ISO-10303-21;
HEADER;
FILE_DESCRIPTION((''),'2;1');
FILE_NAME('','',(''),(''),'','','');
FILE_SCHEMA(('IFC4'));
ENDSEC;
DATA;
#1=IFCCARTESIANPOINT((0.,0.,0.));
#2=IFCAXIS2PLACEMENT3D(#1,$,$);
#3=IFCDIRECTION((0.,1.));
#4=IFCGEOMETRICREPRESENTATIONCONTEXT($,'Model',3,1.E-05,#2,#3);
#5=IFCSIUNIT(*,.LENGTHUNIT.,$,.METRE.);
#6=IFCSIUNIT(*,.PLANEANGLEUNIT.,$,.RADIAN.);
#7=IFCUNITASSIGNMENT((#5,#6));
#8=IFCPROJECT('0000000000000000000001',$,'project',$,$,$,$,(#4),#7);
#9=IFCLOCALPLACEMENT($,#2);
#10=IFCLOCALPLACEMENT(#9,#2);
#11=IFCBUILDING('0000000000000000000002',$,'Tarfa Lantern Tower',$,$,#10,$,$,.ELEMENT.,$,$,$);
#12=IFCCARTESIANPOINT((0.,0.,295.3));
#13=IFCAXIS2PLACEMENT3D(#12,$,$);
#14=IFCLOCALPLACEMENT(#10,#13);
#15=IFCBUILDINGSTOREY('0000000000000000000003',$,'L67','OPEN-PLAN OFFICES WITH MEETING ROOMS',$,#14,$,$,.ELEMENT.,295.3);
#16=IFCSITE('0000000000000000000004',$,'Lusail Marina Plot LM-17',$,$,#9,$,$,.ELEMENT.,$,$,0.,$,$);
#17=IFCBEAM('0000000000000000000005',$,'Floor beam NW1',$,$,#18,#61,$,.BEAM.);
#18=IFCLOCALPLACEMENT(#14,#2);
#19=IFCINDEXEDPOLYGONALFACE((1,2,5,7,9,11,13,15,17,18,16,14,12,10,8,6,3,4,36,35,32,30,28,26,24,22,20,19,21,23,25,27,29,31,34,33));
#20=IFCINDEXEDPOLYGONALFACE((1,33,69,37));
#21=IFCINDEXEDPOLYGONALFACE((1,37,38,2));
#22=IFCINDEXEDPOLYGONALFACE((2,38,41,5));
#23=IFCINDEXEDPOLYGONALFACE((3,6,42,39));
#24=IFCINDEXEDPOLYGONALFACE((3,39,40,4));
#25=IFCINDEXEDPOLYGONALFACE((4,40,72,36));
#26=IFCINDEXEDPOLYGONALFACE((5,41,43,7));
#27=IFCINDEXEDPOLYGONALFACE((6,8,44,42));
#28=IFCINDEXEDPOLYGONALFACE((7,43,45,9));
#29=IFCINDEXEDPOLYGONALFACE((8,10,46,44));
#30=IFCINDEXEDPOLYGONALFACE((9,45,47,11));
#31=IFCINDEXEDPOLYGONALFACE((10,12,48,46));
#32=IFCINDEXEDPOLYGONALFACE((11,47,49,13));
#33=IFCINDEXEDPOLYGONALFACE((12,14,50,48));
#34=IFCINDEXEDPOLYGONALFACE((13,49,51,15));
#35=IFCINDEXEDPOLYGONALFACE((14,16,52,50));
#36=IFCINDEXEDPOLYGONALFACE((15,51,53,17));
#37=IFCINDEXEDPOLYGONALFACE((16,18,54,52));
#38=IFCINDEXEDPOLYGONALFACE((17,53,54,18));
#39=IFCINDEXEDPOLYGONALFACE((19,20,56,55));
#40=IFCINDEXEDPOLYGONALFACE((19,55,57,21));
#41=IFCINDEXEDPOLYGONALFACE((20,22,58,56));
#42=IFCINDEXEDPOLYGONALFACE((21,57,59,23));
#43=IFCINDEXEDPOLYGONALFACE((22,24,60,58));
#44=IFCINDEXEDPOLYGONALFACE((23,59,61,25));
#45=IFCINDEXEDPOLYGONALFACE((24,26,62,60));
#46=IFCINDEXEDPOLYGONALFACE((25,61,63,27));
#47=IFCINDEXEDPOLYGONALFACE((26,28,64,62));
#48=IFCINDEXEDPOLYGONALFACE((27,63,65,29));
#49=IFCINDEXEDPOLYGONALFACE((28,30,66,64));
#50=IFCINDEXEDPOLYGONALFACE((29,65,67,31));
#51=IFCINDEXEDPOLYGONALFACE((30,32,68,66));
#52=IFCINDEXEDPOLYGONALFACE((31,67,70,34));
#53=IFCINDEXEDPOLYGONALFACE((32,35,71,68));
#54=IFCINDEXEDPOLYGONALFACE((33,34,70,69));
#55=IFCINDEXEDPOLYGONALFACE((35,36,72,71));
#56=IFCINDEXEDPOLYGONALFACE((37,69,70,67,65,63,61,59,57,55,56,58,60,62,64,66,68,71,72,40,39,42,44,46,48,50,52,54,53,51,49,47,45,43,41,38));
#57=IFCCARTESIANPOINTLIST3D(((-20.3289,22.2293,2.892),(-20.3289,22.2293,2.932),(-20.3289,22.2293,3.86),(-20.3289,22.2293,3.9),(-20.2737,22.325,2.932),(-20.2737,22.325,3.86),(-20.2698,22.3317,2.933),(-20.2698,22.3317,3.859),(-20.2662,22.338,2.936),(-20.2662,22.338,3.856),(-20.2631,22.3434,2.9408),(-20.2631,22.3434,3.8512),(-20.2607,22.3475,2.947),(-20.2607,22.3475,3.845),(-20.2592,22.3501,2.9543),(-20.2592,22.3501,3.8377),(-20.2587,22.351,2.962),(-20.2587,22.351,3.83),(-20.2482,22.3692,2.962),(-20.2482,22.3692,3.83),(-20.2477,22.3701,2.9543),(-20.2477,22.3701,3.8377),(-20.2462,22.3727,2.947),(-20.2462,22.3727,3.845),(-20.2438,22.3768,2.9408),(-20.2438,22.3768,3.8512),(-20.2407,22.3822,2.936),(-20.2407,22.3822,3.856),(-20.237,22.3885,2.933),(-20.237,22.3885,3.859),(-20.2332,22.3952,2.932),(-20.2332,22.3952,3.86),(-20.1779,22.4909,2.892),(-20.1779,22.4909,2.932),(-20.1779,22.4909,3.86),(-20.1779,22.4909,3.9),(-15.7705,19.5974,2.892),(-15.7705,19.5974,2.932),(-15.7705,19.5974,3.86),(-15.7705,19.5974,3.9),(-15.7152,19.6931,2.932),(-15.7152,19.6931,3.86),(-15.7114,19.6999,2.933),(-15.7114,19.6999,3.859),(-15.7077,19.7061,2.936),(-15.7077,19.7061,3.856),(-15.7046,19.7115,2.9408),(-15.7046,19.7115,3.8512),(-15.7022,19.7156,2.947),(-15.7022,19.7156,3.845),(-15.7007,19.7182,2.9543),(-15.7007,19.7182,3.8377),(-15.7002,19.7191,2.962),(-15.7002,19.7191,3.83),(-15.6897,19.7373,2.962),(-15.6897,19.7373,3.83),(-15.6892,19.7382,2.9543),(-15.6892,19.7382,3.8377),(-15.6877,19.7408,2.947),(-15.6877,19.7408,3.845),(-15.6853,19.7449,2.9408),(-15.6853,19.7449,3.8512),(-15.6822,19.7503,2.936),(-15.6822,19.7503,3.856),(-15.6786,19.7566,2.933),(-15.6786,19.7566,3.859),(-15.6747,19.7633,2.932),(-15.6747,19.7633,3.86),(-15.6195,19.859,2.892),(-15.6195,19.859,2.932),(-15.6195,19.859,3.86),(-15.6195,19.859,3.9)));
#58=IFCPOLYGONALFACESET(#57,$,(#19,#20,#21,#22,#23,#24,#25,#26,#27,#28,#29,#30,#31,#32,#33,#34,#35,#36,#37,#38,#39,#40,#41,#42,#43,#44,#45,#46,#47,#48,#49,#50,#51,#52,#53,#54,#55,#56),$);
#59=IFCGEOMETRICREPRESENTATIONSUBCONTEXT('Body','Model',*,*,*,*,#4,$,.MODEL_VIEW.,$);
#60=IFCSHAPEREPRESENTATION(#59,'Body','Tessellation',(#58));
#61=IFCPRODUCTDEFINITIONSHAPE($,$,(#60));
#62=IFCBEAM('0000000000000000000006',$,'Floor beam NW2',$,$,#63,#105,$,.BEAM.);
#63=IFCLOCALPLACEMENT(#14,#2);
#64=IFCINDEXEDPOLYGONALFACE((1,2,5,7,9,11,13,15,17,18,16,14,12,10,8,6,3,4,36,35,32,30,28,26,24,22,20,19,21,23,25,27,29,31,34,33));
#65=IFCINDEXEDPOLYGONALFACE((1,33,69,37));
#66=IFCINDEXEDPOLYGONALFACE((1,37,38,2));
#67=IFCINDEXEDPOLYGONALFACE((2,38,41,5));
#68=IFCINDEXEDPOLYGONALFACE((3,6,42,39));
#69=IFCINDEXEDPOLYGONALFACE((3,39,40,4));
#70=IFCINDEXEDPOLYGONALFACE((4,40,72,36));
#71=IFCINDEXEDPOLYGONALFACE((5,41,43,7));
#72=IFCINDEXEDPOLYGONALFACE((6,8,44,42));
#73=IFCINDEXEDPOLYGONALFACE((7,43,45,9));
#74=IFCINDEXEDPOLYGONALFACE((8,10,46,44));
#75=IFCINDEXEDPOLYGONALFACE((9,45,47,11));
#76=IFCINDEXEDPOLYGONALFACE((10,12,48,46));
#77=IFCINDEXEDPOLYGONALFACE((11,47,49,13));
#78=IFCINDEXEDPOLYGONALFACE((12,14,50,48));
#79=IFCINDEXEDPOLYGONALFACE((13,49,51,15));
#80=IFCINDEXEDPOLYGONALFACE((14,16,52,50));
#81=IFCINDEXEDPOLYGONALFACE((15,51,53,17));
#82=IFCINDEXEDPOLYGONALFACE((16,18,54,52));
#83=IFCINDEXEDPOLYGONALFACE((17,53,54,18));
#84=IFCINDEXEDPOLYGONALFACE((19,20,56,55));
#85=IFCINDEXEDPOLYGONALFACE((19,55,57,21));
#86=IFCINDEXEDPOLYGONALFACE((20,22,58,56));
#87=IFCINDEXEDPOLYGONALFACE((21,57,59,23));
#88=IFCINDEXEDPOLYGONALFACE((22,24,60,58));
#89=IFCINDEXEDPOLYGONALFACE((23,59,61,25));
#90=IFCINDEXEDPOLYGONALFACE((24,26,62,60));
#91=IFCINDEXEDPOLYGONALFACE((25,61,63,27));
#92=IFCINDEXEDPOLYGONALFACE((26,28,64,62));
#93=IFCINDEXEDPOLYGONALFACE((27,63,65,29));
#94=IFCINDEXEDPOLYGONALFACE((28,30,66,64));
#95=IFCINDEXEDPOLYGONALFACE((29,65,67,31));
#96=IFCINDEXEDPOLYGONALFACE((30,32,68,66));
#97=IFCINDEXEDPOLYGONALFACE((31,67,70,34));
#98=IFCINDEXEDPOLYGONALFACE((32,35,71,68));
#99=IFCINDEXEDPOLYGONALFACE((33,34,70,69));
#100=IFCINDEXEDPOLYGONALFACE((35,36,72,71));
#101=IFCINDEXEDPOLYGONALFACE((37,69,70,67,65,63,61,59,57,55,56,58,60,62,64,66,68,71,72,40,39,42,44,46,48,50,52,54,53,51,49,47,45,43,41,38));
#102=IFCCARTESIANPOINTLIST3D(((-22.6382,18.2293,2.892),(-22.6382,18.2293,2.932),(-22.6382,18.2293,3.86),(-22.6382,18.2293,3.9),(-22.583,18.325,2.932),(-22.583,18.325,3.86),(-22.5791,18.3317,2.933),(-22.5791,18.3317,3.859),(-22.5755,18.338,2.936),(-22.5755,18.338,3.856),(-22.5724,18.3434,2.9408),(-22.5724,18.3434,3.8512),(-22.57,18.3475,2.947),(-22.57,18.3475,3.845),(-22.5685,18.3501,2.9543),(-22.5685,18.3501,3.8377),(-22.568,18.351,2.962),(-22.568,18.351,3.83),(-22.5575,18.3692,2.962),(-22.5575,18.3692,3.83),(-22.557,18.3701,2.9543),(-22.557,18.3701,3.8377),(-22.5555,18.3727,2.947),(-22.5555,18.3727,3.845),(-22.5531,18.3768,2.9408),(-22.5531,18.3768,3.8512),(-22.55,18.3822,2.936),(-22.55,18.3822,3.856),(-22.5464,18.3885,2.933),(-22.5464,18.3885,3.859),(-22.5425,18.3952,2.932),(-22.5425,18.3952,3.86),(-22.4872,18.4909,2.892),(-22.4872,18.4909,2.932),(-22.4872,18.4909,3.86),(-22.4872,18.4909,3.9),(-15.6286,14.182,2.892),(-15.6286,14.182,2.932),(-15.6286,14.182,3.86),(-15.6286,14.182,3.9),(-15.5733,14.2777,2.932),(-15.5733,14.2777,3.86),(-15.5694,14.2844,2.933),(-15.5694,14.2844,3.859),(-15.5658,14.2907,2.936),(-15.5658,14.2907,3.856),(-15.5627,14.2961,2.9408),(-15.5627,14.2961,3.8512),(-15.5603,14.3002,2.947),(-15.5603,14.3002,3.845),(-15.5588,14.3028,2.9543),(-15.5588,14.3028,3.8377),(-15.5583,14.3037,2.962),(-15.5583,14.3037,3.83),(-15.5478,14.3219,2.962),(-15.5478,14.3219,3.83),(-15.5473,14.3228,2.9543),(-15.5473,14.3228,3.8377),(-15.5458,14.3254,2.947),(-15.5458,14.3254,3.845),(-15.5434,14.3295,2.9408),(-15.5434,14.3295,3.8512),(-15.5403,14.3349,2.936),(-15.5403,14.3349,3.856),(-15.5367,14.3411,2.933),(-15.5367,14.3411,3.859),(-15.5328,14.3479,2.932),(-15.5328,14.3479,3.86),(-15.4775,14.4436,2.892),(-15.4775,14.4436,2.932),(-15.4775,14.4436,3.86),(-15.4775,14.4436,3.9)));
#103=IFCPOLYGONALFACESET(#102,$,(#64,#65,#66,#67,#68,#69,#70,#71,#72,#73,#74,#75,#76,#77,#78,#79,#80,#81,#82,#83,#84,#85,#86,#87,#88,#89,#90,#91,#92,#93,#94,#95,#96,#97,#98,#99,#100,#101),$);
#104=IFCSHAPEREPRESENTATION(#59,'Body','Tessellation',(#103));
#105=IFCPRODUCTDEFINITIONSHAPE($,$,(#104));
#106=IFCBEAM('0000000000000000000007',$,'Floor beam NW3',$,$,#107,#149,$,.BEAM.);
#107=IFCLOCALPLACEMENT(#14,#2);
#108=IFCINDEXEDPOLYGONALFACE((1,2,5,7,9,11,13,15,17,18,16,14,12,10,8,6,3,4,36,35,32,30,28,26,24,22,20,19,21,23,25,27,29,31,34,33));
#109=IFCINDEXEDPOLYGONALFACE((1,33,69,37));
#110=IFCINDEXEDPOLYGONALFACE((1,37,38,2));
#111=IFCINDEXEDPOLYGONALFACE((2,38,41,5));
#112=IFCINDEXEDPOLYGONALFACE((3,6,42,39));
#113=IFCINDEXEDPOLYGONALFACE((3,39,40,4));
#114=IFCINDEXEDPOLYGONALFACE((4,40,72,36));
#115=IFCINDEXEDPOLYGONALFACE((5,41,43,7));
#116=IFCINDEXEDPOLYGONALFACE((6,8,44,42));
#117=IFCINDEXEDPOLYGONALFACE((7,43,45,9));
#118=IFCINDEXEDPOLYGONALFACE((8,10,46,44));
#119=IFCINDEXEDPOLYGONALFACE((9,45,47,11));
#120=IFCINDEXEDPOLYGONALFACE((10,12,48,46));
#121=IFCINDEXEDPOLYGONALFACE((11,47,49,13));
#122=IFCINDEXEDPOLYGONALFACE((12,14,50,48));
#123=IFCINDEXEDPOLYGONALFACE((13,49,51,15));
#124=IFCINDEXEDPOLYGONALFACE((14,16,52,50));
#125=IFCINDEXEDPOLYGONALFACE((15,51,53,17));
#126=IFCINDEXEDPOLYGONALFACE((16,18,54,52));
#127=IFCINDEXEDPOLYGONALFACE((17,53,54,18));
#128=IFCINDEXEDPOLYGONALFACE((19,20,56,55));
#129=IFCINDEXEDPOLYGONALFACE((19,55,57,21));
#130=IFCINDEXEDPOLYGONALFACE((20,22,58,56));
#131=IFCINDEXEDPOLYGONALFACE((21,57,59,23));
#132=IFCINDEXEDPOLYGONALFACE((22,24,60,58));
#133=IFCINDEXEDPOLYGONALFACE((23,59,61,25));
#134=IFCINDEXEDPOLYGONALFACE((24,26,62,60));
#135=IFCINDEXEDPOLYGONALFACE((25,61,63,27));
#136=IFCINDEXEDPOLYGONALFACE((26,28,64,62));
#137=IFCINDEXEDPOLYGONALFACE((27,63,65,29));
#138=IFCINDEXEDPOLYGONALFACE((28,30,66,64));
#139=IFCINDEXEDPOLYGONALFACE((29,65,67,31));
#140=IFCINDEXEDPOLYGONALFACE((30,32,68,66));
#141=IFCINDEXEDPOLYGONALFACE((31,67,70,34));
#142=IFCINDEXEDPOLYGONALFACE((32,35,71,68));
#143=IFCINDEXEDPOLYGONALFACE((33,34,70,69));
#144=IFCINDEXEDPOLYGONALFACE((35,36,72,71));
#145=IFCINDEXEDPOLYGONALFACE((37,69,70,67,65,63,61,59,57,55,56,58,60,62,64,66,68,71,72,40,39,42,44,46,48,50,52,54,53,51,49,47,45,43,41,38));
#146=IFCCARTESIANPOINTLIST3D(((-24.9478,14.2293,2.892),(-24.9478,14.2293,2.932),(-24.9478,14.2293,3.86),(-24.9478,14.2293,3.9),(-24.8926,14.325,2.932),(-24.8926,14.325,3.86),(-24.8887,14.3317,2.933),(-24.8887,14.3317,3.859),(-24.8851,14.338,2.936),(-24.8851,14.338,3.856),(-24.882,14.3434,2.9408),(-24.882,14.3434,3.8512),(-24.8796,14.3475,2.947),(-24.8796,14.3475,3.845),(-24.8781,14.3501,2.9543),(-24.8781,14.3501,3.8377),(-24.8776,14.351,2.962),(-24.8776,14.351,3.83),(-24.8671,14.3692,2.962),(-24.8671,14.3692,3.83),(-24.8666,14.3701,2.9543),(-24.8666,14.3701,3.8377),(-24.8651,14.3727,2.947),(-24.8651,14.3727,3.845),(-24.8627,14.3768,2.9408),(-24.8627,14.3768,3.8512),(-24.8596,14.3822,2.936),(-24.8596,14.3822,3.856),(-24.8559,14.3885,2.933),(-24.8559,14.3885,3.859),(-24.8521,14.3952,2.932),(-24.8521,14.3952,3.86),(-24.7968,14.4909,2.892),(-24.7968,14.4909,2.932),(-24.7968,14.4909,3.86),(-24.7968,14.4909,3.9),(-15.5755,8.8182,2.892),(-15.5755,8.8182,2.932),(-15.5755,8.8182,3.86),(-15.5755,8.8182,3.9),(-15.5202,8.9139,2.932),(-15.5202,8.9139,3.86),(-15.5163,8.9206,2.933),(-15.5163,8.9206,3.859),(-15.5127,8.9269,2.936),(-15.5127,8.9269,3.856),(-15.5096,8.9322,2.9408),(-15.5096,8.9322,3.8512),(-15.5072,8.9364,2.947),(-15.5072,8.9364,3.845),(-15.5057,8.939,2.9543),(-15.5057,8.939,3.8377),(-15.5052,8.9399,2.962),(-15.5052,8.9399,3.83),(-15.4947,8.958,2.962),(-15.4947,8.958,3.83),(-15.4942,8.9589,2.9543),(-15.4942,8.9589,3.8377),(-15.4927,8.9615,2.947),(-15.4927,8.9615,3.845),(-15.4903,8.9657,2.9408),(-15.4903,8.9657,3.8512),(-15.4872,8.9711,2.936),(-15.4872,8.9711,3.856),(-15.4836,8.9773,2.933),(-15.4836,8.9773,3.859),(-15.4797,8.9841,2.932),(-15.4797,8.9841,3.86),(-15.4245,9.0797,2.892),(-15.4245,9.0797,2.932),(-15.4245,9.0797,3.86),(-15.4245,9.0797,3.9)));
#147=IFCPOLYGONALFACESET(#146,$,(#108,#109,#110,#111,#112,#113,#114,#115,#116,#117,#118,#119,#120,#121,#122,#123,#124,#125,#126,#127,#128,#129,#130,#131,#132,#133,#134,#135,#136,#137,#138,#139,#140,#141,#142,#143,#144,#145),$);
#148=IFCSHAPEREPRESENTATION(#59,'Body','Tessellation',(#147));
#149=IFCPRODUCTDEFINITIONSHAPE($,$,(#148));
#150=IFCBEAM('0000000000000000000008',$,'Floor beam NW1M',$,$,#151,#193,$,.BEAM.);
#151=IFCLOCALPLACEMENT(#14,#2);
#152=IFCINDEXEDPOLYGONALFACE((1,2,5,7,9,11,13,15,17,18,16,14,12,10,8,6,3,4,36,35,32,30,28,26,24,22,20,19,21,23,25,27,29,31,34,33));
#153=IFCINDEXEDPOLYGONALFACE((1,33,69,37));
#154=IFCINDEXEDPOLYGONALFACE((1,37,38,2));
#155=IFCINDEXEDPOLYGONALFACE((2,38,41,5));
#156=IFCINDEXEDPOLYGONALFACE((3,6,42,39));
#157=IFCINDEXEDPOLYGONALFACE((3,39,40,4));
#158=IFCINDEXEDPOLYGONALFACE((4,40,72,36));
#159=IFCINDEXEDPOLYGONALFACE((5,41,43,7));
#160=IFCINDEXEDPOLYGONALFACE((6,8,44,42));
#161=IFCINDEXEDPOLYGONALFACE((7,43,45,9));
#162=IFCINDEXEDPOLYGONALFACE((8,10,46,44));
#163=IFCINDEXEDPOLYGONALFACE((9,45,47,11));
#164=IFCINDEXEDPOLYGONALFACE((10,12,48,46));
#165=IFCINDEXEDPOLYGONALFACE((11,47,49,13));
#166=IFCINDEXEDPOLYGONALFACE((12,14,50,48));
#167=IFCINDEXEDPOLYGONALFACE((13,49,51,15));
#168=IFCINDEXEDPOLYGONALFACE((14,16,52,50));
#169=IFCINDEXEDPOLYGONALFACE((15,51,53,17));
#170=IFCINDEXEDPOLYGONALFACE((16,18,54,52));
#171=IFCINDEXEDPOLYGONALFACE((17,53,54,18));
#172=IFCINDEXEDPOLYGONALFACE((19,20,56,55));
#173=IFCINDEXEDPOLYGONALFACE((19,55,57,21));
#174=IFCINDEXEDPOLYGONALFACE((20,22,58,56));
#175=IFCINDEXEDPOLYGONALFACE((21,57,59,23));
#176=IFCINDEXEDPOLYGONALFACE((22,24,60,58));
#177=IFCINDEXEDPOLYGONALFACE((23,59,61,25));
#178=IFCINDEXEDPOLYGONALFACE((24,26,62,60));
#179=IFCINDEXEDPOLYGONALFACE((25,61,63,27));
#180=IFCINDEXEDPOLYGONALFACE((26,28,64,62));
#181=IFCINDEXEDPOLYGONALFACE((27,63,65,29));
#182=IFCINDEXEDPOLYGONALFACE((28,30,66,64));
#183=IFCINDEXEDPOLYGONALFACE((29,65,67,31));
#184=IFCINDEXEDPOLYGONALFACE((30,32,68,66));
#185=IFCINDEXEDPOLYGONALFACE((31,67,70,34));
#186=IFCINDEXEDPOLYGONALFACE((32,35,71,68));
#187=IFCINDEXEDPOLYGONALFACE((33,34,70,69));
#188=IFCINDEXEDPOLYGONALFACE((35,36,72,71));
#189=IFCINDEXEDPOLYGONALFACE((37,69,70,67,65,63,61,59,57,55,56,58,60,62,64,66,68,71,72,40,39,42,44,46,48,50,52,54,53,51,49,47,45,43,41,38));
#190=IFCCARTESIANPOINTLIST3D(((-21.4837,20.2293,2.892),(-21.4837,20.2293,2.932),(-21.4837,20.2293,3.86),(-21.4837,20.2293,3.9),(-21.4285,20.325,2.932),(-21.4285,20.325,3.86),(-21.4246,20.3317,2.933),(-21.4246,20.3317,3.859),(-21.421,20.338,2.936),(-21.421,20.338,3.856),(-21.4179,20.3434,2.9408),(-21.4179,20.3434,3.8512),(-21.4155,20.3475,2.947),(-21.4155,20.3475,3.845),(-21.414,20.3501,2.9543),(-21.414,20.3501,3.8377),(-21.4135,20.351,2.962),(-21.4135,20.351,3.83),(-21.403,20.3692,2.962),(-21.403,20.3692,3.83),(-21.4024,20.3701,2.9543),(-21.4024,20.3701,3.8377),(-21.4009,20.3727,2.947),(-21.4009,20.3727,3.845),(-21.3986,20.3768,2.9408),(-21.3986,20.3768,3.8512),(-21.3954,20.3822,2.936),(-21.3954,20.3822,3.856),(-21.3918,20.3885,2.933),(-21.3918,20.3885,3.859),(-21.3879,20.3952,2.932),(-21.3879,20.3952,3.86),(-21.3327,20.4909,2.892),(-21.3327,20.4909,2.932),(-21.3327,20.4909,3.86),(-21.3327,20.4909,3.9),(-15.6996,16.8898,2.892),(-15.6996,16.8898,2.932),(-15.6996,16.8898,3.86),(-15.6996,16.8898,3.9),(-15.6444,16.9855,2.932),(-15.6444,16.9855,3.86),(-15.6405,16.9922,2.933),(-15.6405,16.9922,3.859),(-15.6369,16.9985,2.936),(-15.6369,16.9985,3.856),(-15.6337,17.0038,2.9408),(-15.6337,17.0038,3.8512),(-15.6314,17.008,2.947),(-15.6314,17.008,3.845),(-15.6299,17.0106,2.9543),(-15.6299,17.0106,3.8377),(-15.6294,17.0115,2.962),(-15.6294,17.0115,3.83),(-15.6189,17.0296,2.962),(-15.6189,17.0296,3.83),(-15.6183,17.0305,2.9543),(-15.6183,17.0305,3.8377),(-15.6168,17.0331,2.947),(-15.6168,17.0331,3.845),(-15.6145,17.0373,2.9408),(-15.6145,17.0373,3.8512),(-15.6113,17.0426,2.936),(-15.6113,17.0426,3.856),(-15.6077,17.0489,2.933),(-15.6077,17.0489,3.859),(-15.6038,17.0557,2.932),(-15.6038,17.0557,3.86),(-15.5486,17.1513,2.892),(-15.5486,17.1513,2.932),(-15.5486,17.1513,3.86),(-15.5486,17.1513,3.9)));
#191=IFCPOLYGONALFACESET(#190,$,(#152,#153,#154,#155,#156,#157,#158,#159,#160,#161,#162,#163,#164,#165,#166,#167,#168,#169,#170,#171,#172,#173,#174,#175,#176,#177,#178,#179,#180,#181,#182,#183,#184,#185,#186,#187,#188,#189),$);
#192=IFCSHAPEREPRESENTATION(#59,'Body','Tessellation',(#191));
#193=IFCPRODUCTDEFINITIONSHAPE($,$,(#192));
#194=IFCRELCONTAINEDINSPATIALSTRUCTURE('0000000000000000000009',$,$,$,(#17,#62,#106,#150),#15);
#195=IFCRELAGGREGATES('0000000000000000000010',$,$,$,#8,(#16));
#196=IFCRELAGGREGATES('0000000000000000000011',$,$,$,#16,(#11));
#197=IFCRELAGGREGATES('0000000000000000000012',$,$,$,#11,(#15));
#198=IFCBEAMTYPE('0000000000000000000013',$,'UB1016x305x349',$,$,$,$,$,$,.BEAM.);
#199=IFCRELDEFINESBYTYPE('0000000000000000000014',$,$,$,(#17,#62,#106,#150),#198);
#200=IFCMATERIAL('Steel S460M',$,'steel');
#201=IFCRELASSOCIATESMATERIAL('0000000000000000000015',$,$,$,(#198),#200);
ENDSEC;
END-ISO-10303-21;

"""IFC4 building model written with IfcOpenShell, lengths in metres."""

from ifc_helpers import new_model, si_unit, direction, frame, origin, origin_2d, place, context, subcontext, project, spatial, i_section, extrude, material, material_profile, profile_set, type_object, element, save


model = new_model("IFC4")

# Units and contexts
model_context = context("Model", 3, precision=1e-05, world=origin(), true_north=direction((0.0, 1.0)))
body_context = subcontext(model_context, "Body", "Model", "MODEL_VIEW")
ifc_project = project(units=[si_unit("LENGTHUNIT", "METRE"), si_unit("PLANEANGLEUNIT", "RADIAN")], contexts=[model_context])

# Site, building, storey
site_placement = place(None, origin())
site = spatial("IfcSite", under=ifc_project, at=site_placement, Name="Lusail Marina Plot LM-17", CompositionType="ELEMENT", RefElevation=0.0)
building_placement = place(site_placement, origin())
building = spatial("IfcBuilding", under=site, at=building_placement, Name="Tarfa Lantern Tower", CompositionType="ELEMENT")
storey_placement = place(building_placement, frame((0.0, 0.0, 295.3)))
storey = spatial("IfcBuildingStorey", under=building, at=storey_placement, Name="L67", Description="OPEN-PLAN OFFICES WITH MEETING ROOMS", CompositionType="ELEMENT", Elevation=295.3)

# Beams
ifc_material_1 = material(Name="Steel S460M", Category="steel")
ifc_material_profile_1 = material_profile(ifc_material_1, i_section(OverallWidth=0.302, OverallDepth=1.0081, WebThickness=0.021, FlangeThickness=0.04, FilletRadius=0.03, at=origin_2d()), Name="UB1016x305x349")
ifc_profile_set_1 = profile_set([ifc_material_profile_1], Name="Steel S460M")
beam_type_1 = type_object("IfcBeamType", Name="UB1016x305x349", PredefinedType="BEAM", material=ifc_profile_set_1)
beam_1_placement = place(storey_placement, frame((-20.2534, 22.3601, 3.396), z_axis=(0.86602, -0.50001, 0.0), x_axis=(0.50001, 0.86602, 0.0)))
element("IfcBeam", 1, at=beam_1_placement, inside=storey, type_object=beam_type_1, Name="Floor beam NW1", PredefinedType="BEAM", context=body_context, shape_type="SweptSolid", body=[
    extrude(i_section(OverallWidth=0.302, OverallDepth=1.0081, WebThickness=0.021, FlangeThickness=0.04, FilletRadius=0.03, at=origin_2d()), origin(), (0.0, 0.0, 1.0), 5.2637),
])
beam_2_placement = place(storey_placement, frame((-22.5627, 18.3601, 3.396), z_axis=(0.866011, -0.500025, 0.0), x_axis=(0.500025, 0.866011, 0.0)))
element("IfcBeam", 2, at=beam_2_placement, inside=storey, type_object=beam_type_1, Name="Floor beam NW2", PredefinedType="BEAM", context=body_context, shape_type="SweptSolid", body=[
    extrude(i_section(OverallWidth=0.302, OverallDepth=1.0081, WebThickness=0.021, FlangeThickness=0.04, FilletRadius=0.03, at=origin_2d()), origin(), (0.0, 0.0, 1.0), 8.0942),
])
beam_3_placement = place(storey_placement, frame((-24.8723, 14.3601, 3.396), z_axis=(0.866024, -0.500002, 0.0), x_axis=(0.500002, 0.866024, 0.0)))
element("IfcBeam", 3, at=beam_3_placement, inside=storey, type_object=beam_type_1, Name="Floor beam NW3", PredefinedType="BEAM", context=body_context, shape_type="SweptSolid", body=[
    extrude(i_section(OverallWidth=0.302, OverallDepth=1.0081, WebThickness=0.021, FlangeThickness=0.04, FilletRadius=0.03, at=origin_2d()), origin(), (0.0, 0.0, 1.0), 10.8223),
])
beam_4_placement = place(storey_placement, frame((-21.4082, 20.3601, 3.396), z_axis=(0.866019, -0.500011, 0.0), x_axis=(0.500011, 0.866019, 0.0)))
element("IfcBeam", 4, at=beam_4_placement, inside=storey, type_object=beam_type_1, Name="Floor beam NW1M", PredefinedType="BEAM", context=body_context, shape_type="SweptSolid", body=[
    extrude(i_section(OverallWidth=0.302, OverallDepth=1.0081, WebThickness=0.021, FlangeThickness=0.04, FilletRadius=0.03, at=origin_2d()), origin(), (0.0, 0.0, 1.0), 6.679),
])

save(model, "model.ifc")
